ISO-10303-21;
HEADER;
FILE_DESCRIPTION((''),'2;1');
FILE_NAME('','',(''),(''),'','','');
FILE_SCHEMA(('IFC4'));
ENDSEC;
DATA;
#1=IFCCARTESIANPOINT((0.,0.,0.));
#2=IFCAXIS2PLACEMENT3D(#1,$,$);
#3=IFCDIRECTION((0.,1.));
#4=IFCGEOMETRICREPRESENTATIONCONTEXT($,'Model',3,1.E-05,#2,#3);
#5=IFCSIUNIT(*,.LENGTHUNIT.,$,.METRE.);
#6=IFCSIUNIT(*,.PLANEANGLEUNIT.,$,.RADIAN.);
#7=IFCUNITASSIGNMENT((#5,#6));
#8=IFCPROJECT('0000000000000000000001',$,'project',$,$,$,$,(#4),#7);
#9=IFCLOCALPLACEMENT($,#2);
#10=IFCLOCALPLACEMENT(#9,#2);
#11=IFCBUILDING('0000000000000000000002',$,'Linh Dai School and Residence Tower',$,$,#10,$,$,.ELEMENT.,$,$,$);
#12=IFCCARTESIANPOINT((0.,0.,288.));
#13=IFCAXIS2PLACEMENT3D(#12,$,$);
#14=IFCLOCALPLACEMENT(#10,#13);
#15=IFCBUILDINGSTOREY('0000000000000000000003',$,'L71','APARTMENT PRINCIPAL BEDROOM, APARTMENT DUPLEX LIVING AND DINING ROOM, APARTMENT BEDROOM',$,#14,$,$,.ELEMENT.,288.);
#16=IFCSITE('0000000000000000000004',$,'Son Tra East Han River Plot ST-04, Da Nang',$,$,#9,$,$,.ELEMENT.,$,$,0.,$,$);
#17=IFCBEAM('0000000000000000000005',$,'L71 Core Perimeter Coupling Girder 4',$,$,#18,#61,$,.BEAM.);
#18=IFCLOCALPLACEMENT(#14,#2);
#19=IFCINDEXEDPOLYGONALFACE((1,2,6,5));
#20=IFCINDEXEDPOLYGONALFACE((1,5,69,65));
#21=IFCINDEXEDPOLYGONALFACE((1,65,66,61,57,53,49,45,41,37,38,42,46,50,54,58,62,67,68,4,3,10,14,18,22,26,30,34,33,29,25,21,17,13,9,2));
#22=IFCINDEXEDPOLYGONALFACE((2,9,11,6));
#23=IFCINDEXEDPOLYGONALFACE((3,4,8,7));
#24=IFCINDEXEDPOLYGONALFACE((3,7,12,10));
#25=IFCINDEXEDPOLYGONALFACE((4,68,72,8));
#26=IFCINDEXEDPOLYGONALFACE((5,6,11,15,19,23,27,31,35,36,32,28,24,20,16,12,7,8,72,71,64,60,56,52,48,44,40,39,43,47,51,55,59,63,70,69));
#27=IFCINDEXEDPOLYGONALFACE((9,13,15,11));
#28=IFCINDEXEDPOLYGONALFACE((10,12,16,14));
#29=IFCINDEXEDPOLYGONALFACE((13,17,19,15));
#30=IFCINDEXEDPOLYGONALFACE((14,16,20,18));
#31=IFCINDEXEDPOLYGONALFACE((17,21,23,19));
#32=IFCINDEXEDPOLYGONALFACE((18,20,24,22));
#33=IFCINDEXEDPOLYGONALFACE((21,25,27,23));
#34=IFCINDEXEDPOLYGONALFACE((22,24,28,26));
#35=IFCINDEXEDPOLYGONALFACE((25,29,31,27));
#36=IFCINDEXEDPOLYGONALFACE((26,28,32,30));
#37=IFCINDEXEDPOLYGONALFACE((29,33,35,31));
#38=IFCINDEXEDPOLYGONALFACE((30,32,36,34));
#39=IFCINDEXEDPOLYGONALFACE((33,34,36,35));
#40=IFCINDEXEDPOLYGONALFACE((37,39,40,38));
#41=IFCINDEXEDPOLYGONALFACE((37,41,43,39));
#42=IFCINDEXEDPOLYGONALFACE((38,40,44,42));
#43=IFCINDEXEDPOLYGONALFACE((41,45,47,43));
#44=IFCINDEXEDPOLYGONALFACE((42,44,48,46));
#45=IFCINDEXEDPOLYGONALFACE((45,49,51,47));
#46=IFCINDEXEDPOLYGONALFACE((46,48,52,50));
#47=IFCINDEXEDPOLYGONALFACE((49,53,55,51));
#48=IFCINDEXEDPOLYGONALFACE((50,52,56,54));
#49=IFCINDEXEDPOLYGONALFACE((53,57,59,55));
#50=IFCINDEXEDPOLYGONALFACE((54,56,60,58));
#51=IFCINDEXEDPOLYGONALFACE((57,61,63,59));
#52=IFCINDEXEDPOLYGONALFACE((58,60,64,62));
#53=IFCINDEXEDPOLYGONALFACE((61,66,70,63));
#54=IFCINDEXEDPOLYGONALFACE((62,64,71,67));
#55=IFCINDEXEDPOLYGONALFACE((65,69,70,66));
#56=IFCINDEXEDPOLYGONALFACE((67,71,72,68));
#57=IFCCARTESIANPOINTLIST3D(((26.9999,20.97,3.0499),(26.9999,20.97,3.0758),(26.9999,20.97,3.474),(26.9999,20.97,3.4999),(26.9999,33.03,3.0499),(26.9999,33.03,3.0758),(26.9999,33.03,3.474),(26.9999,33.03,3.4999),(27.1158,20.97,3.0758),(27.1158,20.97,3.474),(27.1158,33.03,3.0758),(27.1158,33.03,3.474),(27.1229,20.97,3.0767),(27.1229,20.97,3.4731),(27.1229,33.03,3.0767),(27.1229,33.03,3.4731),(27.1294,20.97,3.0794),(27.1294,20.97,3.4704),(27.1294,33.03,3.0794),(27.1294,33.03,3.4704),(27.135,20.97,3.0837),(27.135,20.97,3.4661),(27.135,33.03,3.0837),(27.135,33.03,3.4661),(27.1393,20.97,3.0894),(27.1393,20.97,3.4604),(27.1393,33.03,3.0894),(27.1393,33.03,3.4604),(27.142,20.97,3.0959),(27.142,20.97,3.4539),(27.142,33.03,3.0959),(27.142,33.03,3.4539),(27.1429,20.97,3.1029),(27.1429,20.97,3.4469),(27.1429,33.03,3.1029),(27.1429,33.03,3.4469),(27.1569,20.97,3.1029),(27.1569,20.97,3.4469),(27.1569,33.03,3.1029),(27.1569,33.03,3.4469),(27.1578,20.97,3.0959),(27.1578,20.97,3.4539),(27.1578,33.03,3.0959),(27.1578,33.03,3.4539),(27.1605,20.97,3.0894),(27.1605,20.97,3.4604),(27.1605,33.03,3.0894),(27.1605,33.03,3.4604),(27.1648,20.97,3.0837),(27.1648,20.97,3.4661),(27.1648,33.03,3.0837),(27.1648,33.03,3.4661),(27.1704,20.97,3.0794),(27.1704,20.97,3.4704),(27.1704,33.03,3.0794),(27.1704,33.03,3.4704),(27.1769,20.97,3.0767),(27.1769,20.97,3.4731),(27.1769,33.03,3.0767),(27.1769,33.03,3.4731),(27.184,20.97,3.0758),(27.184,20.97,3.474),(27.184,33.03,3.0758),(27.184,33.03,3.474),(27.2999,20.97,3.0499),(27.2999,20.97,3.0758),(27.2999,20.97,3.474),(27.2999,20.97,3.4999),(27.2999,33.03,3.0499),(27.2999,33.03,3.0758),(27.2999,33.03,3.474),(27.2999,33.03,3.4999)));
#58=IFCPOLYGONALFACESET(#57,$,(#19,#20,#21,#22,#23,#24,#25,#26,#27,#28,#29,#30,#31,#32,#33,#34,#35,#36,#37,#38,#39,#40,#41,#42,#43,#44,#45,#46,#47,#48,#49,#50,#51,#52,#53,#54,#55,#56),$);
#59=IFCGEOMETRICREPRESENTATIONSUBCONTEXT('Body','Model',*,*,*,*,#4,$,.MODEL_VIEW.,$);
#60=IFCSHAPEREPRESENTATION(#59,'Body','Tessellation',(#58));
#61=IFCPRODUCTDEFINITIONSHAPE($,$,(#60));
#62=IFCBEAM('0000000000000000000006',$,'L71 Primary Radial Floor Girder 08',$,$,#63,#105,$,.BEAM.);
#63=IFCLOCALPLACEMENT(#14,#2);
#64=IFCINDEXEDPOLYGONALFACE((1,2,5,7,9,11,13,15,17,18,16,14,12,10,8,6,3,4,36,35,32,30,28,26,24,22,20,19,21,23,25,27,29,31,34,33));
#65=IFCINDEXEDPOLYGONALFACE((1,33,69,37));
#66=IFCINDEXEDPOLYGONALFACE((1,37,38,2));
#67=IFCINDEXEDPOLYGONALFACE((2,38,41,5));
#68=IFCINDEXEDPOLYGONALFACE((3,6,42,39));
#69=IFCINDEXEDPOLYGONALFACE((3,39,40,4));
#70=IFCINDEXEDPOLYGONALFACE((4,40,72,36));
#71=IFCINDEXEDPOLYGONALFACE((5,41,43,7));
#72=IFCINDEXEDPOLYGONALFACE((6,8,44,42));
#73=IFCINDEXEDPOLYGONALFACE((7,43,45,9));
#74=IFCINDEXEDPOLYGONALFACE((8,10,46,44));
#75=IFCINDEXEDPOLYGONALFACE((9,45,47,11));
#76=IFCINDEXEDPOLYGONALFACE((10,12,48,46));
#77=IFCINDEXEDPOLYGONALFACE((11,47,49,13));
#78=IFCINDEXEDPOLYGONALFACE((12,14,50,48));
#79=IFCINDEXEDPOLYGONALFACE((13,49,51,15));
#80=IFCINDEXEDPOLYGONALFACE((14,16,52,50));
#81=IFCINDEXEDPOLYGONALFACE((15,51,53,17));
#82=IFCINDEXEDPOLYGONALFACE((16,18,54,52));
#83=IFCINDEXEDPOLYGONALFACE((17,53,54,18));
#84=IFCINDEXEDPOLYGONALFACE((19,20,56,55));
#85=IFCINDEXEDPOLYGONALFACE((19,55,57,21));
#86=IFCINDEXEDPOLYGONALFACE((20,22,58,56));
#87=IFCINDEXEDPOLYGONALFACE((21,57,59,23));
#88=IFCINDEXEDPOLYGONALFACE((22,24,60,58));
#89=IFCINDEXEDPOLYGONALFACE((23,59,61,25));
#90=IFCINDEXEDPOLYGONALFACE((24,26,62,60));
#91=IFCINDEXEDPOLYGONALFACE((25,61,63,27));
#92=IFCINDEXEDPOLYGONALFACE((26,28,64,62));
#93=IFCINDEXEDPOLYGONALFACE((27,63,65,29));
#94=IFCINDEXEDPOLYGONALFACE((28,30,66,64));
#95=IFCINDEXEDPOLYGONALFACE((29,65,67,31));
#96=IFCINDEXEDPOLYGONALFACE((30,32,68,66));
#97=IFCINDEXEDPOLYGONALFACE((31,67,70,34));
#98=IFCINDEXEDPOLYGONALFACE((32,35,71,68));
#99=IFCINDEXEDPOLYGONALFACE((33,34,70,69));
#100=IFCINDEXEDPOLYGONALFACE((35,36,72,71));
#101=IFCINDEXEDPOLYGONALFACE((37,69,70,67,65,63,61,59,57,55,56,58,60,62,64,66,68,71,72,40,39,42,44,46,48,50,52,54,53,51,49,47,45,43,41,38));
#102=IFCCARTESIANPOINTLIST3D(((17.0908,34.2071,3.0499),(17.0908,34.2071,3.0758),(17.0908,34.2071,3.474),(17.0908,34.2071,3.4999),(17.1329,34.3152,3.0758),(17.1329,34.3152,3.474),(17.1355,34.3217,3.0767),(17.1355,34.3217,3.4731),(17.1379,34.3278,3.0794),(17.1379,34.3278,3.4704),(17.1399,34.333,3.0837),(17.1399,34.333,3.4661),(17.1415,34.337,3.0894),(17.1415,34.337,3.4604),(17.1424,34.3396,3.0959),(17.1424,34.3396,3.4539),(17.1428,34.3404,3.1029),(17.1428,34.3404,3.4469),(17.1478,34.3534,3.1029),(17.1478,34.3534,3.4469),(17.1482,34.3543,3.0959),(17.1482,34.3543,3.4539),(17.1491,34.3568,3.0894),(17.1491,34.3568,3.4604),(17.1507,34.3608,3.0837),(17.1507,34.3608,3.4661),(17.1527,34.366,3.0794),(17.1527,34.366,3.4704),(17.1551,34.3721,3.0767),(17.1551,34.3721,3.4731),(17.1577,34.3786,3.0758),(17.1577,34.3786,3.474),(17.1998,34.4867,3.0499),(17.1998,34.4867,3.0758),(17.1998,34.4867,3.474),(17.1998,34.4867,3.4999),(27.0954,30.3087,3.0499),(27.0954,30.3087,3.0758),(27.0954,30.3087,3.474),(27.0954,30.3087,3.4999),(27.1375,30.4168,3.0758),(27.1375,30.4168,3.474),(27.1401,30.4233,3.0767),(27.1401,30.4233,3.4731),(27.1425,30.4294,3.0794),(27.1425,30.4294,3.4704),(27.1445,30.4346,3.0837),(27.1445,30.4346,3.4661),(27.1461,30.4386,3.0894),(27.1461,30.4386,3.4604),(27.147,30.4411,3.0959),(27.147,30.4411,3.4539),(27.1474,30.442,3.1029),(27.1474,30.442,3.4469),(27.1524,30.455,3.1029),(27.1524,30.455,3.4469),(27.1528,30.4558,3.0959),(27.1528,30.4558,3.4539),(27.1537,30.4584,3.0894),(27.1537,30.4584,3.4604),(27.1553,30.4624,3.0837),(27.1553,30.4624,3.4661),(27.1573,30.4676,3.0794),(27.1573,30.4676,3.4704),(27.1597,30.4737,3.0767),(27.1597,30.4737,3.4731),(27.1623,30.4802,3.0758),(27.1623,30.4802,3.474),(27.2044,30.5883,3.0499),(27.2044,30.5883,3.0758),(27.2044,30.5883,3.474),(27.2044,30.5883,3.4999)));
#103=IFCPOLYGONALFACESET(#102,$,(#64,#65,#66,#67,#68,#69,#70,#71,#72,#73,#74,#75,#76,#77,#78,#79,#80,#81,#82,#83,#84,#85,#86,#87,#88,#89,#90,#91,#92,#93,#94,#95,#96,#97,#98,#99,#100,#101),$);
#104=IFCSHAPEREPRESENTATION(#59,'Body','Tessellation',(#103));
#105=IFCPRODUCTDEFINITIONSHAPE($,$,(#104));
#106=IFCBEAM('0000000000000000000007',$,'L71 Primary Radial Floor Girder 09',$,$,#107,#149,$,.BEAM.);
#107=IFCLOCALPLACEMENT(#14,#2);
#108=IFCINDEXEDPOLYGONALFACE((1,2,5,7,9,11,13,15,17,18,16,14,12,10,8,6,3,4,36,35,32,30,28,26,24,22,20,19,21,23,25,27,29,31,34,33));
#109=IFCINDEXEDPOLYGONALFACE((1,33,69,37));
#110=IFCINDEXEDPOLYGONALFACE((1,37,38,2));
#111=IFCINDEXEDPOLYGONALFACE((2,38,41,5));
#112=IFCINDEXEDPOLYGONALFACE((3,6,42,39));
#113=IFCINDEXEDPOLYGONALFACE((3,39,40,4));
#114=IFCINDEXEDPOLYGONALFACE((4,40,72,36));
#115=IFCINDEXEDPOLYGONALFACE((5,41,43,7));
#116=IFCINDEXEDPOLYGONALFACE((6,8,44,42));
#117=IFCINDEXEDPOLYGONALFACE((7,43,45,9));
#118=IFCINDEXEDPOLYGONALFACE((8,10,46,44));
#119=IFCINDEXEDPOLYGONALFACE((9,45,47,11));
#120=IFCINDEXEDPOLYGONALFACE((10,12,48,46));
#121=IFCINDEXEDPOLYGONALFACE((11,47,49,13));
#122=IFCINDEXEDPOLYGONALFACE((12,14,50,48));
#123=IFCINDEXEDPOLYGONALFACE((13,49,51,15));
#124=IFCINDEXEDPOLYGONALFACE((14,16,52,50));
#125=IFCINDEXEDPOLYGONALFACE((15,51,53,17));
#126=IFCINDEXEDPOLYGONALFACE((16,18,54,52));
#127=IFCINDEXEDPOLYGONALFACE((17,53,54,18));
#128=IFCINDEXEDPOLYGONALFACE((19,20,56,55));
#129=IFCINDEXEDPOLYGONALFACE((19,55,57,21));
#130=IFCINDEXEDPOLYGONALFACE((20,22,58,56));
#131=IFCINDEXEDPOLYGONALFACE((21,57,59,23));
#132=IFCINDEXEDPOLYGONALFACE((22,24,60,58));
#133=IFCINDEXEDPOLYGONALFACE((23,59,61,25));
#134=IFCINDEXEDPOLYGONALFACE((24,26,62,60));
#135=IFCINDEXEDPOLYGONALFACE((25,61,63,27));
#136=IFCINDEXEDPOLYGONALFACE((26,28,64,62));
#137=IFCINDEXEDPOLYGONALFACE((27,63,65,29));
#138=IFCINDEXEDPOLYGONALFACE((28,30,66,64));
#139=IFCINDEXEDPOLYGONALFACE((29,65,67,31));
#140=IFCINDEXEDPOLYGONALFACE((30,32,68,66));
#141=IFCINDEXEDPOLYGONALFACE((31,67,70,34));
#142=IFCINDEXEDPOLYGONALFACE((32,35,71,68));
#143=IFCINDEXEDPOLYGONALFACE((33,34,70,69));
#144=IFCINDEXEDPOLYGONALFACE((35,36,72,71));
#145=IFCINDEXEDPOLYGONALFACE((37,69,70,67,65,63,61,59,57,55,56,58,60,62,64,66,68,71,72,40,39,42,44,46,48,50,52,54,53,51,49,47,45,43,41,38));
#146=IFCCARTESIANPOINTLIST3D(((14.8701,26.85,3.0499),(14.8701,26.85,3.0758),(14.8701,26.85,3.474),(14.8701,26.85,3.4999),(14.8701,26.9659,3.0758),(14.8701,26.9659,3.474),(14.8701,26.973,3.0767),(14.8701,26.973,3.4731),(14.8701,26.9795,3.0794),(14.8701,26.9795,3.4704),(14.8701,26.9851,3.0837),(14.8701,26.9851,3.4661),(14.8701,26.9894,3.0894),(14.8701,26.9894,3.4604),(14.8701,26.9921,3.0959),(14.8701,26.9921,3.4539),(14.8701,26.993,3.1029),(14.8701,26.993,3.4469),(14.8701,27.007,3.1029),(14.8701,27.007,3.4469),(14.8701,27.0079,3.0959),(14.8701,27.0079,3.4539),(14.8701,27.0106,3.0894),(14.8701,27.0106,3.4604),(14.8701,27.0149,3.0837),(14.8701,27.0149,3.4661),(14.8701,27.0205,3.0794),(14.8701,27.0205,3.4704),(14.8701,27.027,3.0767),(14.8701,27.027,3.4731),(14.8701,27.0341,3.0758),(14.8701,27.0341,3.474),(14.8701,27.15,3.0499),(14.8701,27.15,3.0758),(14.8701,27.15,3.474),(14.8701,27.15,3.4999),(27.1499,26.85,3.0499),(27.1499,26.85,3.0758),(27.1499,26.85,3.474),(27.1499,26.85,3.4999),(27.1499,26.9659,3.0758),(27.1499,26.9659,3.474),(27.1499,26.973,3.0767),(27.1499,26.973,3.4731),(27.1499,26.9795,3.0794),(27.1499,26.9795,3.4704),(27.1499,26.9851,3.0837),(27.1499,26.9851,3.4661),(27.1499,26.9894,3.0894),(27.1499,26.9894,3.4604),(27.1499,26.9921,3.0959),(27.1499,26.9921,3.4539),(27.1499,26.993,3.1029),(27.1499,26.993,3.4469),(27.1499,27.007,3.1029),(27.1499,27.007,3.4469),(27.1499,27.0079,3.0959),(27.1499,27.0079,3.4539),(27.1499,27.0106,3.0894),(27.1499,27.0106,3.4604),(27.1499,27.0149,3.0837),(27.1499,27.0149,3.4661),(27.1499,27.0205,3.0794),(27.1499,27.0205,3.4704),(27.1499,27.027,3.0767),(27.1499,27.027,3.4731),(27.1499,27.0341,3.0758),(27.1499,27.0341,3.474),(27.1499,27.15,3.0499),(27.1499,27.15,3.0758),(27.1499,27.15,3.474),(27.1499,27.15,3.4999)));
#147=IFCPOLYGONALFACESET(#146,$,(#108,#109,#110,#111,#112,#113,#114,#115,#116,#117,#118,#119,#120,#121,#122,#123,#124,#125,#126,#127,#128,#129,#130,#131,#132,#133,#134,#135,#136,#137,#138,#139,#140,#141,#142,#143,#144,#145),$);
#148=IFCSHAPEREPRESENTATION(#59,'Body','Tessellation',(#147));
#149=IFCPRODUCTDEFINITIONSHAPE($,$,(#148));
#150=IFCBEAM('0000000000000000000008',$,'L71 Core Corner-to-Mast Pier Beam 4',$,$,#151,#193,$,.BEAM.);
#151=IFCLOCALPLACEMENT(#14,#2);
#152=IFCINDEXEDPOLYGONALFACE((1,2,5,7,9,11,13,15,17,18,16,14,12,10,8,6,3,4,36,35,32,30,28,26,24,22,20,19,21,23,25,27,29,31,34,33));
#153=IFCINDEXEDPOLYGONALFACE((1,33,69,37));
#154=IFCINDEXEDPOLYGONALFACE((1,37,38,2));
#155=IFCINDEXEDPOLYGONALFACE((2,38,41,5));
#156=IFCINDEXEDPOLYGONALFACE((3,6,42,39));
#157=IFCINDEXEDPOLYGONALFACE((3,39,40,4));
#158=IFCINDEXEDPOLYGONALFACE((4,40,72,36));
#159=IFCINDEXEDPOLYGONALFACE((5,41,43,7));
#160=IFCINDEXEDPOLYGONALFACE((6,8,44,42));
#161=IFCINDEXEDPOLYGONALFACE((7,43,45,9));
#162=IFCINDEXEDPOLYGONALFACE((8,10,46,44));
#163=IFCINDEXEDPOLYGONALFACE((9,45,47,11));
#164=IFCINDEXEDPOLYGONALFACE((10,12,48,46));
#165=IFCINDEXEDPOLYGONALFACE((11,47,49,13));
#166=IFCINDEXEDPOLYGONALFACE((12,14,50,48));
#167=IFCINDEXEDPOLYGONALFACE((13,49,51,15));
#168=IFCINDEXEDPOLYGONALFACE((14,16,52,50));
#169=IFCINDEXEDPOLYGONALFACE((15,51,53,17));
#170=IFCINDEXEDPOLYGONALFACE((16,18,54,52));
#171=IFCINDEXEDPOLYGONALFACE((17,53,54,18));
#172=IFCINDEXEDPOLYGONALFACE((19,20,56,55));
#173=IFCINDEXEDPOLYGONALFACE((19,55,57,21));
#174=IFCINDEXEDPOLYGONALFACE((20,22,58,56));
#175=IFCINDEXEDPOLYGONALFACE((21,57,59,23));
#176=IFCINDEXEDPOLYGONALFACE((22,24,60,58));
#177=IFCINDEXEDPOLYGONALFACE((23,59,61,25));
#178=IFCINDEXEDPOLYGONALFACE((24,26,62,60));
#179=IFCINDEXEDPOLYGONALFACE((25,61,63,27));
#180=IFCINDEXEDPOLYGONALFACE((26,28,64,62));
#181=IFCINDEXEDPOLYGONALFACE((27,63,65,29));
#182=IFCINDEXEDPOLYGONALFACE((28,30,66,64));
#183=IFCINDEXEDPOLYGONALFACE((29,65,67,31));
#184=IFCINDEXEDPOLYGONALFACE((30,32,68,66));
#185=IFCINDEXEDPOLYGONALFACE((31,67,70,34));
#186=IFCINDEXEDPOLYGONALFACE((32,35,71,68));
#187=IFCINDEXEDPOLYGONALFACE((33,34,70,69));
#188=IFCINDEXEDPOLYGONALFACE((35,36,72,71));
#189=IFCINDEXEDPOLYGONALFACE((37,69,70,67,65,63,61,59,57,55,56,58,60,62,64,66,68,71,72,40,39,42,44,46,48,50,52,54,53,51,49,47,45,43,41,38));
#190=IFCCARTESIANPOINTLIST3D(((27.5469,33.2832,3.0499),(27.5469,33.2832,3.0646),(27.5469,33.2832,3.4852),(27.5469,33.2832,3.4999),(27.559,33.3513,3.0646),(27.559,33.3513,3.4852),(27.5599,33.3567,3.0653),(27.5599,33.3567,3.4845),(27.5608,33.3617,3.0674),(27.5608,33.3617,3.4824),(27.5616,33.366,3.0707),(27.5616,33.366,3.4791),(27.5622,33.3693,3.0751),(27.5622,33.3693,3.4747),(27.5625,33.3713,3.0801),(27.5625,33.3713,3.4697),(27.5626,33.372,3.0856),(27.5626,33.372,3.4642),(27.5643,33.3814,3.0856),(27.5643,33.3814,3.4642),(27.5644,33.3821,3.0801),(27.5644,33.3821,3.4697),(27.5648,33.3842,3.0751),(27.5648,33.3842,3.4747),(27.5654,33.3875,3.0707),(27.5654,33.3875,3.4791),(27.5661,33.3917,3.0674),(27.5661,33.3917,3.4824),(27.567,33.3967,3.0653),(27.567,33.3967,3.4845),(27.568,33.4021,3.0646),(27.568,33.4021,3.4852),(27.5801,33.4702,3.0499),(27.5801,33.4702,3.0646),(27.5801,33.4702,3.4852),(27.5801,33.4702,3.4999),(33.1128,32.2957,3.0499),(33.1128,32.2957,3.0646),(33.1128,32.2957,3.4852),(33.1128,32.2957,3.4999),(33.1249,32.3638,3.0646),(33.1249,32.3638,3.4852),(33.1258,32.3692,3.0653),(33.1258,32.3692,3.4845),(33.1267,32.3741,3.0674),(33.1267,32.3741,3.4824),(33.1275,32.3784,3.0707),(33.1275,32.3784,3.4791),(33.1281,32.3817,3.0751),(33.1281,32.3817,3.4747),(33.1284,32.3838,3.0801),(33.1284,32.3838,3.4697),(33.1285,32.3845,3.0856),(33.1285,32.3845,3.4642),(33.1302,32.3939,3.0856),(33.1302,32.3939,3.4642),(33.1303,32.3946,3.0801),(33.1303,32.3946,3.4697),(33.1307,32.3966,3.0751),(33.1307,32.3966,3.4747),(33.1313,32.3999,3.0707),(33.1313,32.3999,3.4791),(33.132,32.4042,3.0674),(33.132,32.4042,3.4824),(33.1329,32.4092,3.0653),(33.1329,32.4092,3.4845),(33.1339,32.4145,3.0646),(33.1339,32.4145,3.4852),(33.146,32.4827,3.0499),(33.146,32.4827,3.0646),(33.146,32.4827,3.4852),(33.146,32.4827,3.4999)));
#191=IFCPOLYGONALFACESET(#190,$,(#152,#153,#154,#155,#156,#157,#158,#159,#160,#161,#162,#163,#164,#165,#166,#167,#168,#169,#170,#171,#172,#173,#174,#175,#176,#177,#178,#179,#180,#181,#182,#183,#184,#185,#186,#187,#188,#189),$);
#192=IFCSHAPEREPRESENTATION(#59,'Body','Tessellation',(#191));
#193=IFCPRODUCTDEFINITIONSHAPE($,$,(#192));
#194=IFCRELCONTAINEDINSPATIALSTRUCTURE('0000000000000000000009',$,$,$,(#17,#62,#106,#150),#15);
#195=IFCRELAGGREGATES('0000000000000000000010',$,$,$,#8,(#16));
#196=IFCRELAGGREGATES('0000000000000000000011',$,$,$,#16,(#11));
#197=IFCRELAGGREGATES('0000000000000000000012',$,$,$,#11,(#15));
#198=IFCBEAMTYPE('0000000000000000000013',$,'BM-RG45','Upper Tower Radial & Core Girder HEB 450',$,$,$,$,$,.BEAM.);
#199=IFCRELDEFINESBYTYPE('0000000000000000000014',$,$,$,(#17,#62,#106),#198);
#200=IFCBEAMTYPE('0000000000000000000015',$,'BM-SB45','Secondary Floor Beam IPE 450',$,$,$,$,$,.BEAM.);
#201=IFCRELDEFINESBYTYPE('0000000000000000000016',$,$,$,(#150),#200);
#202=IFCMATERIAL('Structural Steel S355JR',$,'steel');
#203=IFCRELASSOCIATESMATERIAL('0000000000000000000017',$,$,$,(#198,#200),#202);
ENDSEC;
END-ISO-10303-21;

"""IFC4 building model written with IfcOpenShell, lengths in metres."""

from ifc_helpers import new_model, si_unit, direction, frame, origin, origin_2d, place, context, subcontext, project, spatial, i_section, extrude, material, material_profile, profile_set, type_object, element, save


model = new_model("IFC4")

# Units and contexts
model_context = context("Model", 3, precision=1e-05, world=origin(), true_north=direction((0.0, 1.0)))
body_context = subcontext(model_context, "Body", "Model", "MODEL_VIEW")
ifc_project = project(units=[si_unit("LENGTHUNIT", "METRE"), si_unit("PLANEANGLEUNIT", "RADIAN")], contexts=[model_context])

# Site, building, storey
site_placement = place(None, origin())
site = spatial("IfcSite", under=ifc_project, at=site_placement, Name="Son Tra East Han River Plot ST-04, Da Nang", CompositionType="ELEMENT", RefElevation=0.0)
building_placement = place(site_placement, origin())
building = spatial("IfcBuilding", under=site, at=building_placement, Name="Linh Dai School and Residence Tower", CompositionType="ELEMENT")
storey_placement = place(building_placement, frame((0.0, 0.0, 288.0)))
storey = spatial("IfcBuildingStorey", under=building, at=storey_placement, Name="L71", Description="APARTMENT PRINCIPAL BEDROOM, APARTMENT DUPLEX LIVING AND DINING ROOM, APARTMENT BEDROOM", CompositionType="ELEMENT", Elevation=288.0)

# Shared definitions
ifc_material_1 = material(Name="Structural Steel S355JR", Category="steel")

# Beams
ifc_material_profile_1 = material_profile(ifc_material_1, i_section(OverallWidth=0.3, OverallDepth=0.45, WebThickness=0.0139, FlangeThickness=0.0259, FilletRadius=0.0271, at=origin_2d()), Name="HEB 450")
ifc_profile_set_1 = profile_set([ifc_material_profile_1], Name="Structural Steel S355JR")
beam_type_1 = type_object("IfcBeamType", Name="BM-RG45", Description="Upper Tower Radial & Core Girder HEB 450", PredefinedType="BEAM", material=ifc_profile_set_1)
beam_1_placement = place(storey_placement, frame((27.1499, 33.03, 3.2749), z_axis=(0.0, -1.0, 0.0), x_axis=(1.0, 0.0, 0.0)))
element("IfcBeam", 1, at=beam_1_placement, inside=storey, type_object=beam_type_1, Name="L71 Core Perimeter Coupling Girder 4", PredefinedType="BEAM", context=body_context, shape_type="SweptSolid", body=[
    extrude(i_section(OverallWidth=0.3, OverallDepth=0.45, WebThickness=0.0139, FlangeThickness=0.0259, FilletRadius=0.0271, at=origin_2d()), origin(), (0.0, 0.0, 1.0), 12.0601),
])
beam_2_placement = place(storey_placement, frame((27.1499, 30.4485, 3.2749), z_axis=(-0.931761, 0.363073, 0.0), x_axis=(-0.363073, -0.931761, 0.0)))
element("IfcBeam", 2, at=beam_2_placement, inside=storey, type_object=beam_type_1, Name="L71 Primary Radial Floor Girder 08", PredefinedType="BEAM", context=body_context, shape_type="SweptSolid", body=[
    extrude(i_section(OverallWidth=0.3, OverallDepth=0.45, WebThickness=0.0139, FlangeThickness=0.0259, FilletRadius=0.0271, at=origin_2d()), origin(), (0.0, 0.0, 1.0), 10.7373),
])
beam_3_placement = place(storey_placement, frame((27.1499, 27.0, 3.2749), z_axis=(-1.0, 0.0, 0.0), x_axis=(0.0, -1.0, 0.0)))
element("IfcBeam", 3, at=beam_3_placement, inside=storey, type_object=beam_type_1, Name="L71 Primary Radial Floor Girder 09", PredefinedType="BEAM", context=body_context, shape_type="SweptSolid", body=[
    extrude(i_section(OverallWidth=0.3, OverallDepth=0.45, WebThickness=0.0139, FlangeThickness=0.0259, FilletRadius=0.0271, at=origin_2d()), origin(), (0.0, 0.0, 1.0), 12.2798),
])
ifc_material_profile_2 = material_profile(ifc_material_1, i_section(OverallWidth=0.1899, OverallDepth=0.45, WebThickness=0.0095, FlangeThickness=0.0146, FilletRadius=0.021, at=origin_2d()), Name="IPE 450")
ifc_profile_set_2 = profile_set([ifc_material_profile_2], Name="Structural Steel S355JR")
beam_type_2 = type_object("IfcBeamType", Name="BM-SB45", Description="Secondary Floor Beam IPE 450", PredefinedType="BEAM", material=ifc_profile_set_2)
beam_4_placement = place(storey_placement, frame((27.5635, 33.3767, 3.2749), z_axis=(0.984622, -0.174699, 0.0), x_axis=(0.174699, 0.984622, 0.0)))
element("IfcBeam", 4, at=beam_4_placement, inside=storey, type_object=beam_type_2, Name="L71 Core Corner-to-Mast Pier Beam 4", PredefinedType="BEAM", context=body_context, shape_type="SweptSolid", body=[
    extrude(i_section(OverallWidth=0.1899, OverallDepth=0.45, WebThickness=0.0095, FlangeThickness=0.0146, FilletRadius=0.021, at=origin_2d()), origin(), (0.0, 0.0, 1.0), 5.6528),
])

save(model, "model.ifc")
